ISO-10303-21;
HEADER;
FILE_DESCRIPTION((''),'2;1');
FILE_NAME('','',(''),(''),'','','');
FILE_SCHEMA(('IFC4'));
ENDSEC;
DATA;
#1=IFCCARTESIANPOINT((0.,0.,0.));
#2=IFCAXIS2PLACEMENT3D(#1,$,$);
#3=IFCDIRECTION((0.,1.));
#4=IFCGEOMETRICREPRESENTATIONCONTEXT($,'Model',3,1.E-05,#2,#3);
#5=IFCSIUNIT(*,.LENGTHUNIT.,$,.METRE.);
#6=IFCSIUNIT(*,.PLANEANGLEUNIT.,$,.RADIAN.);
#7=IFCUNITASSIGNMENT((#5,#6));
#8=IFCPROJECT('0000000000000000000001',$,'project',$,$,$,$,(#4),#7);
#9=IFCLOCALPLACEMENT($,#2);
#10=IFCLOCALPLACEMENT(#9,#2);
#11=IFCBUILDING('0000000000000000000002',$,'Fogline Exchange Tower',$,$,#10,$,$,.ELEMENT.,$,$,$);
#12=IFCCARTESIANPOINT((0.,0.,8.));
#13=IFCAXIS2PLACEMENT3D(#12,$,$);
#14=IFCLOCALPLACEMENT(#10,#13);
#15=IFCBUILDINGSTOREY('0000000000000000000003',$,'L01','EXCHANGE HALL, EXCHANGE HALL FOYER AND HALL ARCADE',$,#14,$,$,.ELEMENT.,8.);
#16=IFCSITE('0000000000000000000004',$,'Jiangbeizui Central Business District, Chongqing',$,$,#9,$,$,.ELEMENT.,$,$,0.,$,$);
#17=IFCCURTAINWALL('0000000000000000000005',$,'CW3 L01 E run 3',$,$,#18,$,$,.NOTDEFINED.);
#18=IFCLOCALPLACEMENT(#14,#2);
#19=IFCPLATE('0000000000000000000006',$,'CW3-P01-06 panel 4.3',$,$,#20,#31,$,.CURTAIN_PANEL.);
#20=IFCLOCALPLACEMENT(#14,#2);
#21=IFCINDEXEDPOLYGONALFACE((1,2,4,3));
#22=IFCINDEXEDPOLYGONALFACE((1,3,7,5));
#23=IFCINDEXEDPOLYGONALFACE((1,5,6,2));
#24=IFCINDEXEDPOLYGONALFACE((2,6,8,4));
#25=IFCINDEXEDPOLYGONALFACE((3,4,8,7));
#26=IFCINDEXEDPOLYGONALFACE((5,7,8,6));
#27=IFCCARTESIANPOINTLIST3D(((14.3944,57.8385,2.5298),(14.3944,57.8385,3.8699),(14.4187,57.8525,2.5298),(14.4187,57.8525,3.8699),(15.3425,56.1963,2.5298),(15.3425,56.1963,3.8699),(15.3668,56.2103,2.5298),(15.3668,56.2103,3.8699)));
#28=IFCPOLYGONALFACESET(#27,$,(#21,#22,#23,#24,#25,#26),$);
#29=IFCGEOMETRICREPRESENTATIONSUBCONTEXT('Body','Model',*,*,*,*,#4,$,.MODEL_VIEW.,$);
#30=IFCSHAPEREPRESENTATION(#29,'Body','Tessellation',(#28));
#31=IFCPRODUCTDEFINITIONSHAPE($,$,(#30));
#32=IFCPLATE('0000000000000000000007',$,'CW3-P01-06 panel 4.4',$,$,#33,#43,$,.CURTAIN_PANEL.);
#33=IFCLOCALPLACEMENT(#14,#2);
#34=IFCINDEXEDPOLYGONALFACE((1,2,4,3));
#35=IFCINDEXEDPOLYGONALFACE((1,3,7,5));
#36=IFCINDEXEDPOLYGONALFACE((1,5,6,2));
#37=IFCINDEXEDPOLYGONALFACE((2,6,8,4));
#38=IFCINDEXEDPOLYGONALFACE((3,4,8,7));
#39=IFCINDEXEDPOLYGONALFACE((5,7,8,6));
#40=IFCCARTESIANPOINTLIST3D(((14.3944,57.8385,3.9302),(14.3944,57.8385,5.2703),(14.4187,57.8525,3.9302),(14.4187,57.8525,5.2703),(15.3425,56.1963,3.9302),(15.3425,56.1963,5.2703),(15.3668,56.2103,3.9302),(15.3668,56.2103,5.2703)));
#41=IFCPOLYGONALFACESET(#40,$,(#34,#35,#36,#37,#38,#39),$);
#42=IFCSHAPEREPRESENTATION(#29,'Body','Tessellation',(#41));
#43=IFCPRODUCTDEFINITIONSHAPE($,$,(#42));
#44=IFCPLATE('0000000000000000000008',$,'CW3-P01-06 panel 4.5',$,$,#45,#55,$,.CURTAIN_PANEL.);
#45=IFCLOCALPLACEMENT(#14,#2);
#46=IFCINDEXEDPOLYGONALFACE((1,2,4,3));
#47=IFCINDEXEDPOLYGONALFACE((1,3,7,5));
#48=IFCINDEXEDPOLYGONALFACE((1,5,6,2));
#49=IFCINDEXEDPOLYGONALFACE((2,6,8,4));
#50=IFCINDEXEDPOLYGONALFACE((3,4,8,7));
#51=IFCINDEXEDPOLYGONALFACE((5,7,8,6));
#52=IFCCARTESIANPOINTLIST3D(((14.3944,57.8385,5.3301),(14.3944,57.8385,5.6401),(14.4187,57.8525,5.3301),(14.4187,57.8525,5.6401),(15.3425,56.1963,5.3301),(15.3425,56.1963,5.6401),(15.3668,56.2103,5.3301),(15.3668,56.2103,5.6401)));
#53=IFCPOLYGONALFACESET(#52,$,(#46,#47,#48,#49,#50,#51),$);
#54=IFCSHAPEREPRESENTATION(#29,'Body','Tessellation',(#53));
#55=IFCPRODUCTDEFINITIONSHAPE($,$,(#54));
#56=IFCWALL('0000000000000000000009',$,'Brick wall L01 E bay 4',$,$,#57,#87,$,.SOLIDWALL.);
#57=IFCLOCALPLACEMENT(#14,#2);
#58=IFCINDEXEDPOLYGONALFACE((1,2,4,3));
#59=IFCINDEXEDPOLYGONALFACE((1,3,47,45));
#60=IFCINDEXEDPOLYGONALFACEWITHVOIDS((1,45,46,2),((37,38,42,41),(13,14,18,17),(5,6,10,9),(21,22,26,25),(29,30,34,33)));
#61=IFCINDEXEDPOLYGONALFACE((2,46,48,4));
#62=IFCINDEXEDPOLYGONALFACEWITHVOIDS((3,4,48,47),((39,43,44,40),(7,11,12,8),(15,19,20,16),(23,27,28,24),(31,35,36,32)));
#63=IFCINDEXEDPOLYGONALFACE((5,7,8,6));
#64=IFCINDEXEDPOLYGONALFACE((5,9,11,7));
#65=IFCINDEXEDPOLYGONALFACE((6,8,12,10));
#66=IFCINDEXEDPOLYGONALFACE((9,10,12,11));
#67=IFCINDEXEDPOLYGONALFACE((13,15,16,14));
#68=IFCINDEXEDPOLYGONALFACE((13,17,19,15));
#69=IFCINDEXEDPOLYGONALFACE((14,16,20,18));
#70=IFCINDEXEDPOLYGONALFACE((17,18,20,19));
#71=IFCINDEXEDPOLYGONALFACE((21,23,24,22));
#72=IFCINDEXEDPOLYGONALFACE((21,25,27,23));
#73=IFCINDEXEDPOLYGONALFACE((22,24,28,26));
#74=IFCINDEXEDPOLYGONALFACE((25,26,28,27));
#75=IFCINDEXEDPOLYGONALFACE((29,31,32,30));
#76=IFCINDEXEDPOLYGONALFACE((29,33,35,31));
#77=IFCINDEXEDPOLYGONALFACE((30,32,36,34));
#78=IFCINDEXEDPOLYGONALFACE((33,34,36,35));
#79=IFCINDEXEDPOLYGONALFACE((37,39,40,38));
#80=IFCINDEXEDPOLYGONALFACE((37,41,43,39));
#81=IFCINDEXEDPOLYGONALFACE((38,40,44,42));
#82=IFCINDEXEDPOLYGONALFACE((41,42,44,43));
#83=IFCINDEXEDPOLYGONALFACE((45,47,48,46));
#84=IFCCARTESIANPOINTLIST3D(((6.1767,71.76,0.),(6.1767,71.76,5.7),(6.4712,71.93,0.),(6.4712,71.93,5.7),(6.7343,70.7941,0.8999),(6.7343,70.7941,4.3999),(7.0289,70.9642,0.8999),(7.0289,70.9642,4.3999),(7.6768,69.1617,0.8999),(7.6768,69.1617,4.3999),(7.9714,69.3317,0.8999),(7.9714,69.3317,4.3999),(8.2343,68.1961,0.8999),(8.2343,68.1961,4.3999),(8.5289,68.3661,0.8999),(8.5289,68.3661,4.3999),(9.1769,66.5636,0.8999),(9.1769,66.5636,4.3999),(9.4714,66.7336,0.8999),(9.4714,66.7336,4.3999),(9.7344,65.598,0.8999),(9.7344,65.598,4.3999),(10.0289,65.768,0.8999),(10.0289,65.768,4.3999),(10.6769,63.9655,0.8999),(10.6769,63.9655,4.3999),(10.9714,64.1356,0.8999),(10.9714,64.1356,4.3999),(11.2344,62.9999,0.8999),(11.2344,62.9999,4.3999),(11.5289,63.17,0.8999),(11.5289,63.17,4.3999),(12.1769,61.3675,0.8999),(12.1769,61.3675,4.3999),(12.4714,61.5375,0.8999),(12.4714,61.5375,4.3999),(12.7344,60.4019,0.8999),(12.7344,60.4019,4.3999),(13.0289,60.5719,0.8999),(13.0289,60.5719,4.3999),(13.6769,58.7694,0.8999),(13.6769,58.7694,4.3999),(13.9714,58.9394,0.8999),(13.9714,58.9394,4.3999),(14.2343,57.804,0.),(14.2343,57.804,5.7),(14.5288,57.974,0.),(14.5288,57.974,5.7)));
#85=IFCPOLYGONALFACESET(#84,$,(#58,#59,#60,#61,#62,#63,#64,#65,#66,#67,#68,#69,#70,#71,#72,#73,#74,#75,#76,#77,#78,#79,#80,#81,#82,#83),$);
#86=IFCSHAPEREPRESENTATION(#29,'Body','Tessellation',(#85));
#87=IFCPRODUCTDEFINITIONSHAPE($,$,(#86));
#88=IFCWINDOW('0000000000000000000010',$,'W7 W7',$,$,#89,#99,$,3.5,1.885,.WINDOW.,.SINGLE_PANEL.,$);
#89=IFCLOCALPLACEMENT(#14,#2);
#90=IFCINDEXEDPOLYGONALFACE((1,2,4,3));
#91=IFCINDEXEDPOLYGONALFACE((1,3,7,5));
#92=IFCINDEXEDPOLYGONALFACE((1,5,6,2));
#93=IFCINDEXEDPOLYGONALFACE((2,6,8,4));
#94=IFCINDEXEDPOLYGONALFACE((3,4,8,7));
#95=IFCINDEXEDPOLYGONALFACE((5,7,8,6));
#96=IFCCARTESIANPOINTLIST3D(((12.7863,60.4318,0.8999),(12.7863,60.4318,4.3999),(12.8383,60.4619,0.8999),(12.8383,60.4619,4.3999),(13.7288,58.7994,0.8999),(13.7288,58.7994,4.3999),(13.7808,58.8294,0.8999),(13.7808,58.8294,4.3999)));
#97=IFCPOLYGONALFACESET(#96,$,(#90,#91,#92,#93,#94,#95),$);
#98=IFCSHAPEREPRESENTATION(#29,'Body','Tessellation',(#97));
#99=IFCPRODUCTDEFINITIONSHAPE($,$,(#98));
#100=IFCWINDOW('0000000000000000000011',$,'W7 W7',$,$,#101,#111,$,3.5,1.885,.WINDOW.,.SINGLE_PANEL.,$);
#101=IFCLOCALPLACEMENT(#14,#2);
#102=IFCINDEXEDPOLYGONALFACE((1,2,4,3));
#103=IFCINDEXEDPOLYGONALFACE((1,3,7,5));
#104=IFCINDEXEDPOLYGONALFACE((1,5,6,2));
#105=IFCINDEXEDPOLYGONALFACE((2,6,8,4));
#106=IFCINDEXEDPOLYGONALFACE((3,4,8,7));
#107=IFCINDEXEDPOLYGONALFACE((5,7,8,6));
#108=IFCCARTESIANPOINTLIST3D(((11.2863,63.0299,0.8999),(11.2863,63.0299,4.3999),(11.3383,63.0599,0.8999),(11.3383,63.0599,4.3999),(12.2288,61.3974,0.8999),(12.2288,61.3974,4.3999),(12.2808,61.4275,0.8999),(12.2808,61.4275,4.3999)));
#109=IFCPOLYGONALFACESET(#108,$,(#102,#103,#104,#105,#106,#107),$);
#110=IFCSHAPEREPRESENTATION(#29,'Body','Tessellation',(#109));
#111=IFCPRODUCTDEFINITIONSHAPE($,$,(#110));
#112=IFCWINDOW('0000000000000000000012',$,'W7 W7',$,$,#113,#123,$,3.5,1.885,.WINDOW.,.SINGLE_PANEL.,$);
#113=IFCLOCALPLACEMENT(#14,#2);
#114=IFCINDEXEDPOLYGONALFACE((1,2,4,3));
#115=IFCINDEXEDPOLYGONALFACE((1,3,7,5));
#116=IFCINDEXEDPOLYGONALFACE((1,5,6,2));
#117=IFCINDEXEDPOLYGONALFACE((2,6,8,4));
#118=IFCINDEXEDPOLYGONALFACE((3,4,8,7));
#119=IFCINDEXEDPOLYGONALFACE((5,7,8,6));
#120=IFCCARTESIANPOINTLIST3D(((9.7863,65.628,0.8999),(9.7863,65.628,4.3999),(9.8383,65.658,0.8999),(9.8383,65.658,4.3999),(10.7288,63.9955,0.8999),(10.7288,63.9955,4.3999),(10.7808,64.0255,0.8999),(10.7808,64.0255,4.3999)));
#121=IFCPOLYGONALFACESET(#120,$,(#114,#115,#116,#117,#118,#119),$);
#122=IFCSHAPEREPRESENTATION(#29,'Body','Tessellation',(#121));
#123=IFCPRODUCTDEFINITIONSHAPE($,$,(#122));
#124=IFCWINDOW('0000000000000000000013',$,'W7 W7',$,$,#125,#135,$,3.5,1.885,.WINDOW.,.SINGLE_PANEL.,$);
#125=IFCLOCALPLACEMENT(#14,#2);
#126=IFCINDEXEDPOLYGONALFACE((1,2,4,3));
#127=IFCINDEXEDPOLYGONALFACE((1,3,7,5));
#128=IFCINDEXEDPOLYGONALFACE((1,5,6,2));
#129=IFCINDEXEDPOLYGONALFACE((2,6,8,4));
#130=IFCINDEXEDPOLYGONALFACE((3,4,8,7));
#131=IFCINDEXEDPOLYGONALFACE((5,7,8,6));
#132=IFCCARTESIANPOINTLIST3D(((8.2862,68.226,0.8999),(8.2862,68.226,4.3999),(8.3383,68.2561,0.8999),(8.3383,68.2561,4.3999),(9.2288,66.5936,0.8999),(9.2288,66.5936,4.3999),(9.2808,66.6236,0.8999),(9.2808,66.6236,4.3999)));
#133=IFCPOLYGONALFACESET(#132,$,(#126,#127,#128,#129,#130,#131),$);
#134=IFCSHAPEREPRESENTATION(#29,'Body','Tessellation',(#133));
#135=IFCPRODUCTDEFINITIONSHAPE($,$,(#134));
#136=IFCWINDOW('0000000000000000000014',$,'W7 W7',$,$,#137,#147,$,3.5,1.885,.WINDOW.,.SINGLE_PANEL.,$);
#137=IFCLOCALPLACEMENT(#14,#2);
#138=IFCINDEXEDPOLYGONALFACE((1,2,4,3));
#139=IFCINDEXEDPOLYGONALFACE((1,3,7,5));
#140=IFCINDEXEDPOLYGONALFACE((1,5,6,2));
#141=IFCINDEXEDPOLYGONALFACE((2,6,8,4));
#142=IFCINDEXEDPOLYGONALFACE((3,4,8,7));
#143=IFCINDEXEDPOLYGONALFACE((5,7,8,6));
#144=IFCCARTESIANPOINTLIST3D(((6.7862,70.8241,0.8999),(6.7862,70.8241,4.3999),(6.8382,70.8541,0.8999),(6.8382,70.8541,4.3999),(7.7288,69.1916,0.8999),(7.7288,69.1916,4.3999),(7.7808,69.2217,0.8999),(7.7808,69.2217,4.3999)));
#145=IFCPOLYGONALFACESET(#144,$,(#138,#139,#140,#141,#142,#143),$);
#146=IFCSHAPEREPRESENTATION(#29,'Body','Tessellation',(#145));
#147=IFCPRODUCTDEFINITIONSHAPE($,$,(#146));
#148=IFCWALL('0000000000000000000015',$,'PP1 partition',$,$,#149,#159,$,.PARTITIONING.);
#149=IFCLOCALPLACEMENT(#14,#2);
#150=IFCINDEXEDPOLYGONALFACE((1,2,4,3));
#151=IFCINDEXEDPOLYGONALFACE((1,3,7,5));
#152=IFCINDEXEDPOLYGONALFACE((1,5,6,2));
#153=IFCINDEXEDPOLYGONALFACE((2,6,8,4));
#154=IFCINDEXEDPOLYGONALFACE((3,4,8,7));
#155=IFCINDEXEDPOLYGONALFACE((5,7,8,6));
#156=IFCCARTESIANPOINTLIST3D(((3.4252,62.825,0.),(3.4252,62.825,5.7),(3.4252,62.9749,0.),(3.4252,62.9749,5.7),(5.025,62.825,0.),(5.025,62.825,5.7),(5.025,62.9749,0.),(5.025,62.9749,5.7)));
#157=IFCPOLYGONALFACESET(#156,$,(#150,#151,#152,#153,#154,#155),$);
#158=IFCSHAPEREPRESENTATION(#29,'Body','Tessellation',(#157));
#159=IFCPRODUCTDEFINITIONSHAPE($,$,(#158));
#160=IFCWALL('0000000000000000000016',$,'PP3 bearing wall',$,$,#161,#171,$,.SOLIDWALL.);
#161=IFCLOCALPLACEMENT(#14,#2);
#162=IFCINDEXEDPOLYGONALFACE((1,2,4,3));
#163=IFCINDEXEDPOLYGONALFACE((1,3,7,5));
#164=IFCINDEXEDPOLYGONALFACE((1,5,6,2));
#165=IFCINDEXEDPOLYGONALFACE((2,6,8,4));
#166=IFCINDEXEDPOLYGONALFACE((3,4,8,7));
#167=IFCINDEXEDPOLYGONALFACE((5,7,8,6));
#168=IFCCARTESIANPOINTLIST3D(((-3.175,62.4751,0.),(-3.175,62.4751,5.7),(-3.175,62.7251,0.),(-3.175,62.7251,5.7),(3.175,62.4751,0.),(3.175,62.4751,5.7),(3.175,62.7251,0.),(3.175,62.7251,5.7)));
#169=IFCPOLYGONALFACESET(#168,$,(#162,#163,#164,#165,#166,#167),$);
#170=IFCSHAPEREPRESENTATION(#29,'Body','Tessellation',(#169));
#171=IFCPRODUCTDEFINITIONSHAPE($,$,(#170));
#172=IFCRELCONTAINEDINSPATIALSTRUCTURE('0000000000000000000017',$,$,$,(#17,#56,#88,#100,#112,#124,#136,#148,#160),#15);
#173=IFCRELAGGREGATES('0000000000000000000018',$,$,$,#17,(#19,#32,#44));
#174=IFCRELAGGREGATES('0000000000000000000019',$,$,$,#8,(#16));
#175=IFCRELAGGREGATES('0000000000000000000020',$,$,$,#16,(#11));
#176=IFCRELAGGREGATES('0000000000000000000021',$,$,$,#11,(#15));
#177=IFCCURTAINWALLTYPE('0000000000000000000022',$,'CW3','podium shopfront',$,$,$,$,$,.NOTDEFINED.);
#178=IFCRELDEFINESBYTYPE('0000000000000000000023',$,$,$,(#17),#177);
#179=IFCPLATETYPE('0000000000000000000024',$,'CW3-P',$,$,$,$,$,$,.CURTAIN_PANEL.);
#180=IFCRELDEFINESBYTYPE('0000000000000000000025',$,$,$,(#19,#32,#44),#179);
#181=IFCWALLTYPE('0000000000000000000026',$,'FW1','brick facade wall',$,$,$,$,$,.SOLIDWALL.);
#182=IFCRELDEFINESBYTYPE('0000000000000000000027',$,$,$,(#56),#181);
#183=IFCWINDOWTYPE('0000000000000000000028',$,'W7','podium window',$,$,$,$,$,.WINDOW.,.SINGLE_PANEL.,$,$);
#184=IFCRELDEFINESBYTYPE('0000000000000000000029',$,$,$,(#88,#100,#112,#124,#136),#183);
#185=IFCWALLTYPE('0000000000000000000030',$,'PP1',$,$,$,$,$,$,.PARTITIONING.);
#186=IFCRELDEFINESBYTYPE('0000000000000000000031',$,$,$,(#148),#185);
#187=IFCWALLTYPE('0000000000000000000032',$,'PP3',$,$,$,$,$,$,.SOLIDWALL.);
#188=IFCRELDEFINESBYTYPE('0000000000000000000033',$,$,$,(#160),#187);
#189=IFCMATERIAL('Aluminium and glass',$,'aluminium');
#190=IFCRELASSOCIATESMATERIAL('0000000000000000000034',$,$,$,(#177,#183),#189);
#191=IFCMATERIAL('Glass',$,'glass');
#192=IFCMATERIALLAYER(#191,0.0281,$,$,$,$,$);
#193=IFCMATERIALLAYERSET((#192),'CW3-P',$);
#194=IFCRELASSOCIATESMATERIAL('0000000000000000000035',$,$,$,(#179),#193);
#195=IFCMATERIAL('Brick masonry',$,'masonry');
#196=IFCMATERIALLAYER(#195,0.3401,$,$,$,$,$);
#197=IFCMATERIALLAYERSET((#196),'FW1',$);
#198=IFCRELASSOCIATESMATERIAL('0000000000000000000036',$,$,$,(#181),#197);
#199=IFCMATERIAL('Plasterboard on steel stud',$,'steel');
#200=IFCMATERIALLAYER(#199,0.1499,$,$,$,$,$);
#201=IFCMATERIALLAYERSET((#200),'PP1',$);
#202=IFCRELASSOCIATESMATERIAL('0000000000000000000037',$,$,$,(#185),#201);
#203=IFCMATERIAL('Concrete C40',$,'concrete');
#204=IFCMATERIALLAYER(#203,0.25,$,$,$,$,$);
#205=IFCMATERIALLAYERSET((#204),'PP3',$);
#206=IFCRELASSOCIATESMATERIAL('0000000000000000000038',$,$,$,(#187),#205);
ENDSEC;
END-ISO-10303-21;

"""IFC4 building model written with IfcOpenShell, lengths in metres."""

from ifc_helpers import new_model, si_unit, direction, frame, frame_2d, origin, origin_2d, place, context, subcontext, project, spatial, rectangle, extrude, material, layer, layer_set, type_object, element, fill, aggregate, save


model = new_model("IFC4")

# Units and contexts
model_context = context("Model", 3, precision=1e-05, world=origin(), true_north=direction((0.0, 1.0)))
body_context = subcontext(model_context, "Body", "Model", "MODEL_VIEW")
ifc_project = project(units=[si_unit("LENGTHUNIT", "METRE"), si_unit("PLANEANGLEUNIT", "RADIAN")], contexts=[model_context])

# Site, building, storey
site_placement = place(None, origin())
site = spatial("IfcSite", under=ifc_project, at=site_placement, Name="Jiangbeizui Central Business District, Chongqing", CompositionType="ELEMENT", RefElevation=0.0)
building_placement = place(site_placement, origin())
building = spatial("IfcBuilding", under=site, at=building_placement, Name="Fogline Exchange Tower", CompositionType="ELEMENT")
storey_placement = place(building_placement, frame((0.0, 0.0, 8.0)))
storey = spatial("IfcBuildingStorey", under=building, at=storey_placement, Name="L01", Description="EXCHANGE HALL, EXCHANGE HALL FOYER AND HALL ARCADE", CompositionType="ELEMENT", Elevation=8.0)

# Curtain wall, plates
ifc_material_1 = material(Name="Aluminium and glass", Category="aluminium")
curtain_wall_type = type_object("IfcCurtainWallType", Name="CW3", Description="podium shopfront", PredefinedType="NOTDEFINED", material=ifc_material_1)
curtain_wall_placement = place(storey_placement, origin())
curtain_wall = element("IfcCurtainWall", 1, at=curtain_wall_placement, inside=storey, type_object=curtain_wall_type, Name="CW3 L01 E run 3", PredefinedType="NOTDEFINED")
ifc_material_2 = material(Name="Glass", Category="glass")
ifc_layer_1 = layer(ifc_material_2, 0.0281)
ifc_layer_set_1 = layer_set([ifc_layer_1], Name="CW3-P")
plate_type = type_object("IfcPlateType", Name="CW3-P", PredefinedType="CURTAIN_PANEL", material=ifc_layer_set_1)
plate_1_placement = place(storey_placement, frame((14.8806, 57.0244, 2.5298), z_axis=(0.0, 0.0, 1.0), x_axis=(-0.5, 0.866025, 0.0)))
plate_1 = element("IfcPlate", 2, at=plate_1_placement, type_object=plate_type, Name="CW3-P01-06 panel 4.3", PredefinedType="CURTAIN_PANEL", context=body_context, shape_type="SweptSolid", body=[
    extrude(rectangle(XDim=1.8962, YDim=0.0281, at=origin_2d()), origin(), (0.0, 0.0, 1.0), 1.3401),
])
plate_2_placement = place(storey_placement, frame((14.8806, 57.0244, 3.9302), z_axis=(0.0, 0.0, 1.0), x_axis=(-0.5, 0.866025, 0.0)))
plate_2 = element("IfcPlate", 3, at=plate_2_placement, type_object=plate_type, Name="CW3-P01-06 panel 4.4", PredefinedType="CURTAIN_PANEL", context=body_context, shape_type="SweptSolid", body=[
    extrude(rectangle(XDim=1.8962, YDim=0.0281, at=origin_2d()), origin(), (0.0, 0.0, 1.0), 1.3401),
])
plate_3_placement = place(storey_placement, frame((14.8806, 57.0244, 5.3301), z_axis=(0.0, 0.0, 1.0), x_axis=(-0.5, 0.866025, 0.0)))
plate_3 = element("IfcPlate", 4, at=plate_3_placement, type_object=plate_type, Name="CW3-P01-06 panel 4.5", PredefinedType="CURTAIN_PANEL", context=body_context, shape_type="SweptSolid", body=[
    extrude(rectangle(XDim=1.8962, YDim=0.0281, at=origin_2d()), origin(), (0.0, 0.0, 1.0), 0.3101),
])
aggregate(curtain_wall, [plate_1, plate_2, plate_3])

# Wall, openings, windows
ifc_material_3 = material(Name="Brick masonry", Category="masonry")
ifc_layer_2 = layer(ifc_material_3, 0.3401)
ifc_layer_set_2 = layer_set([ifc_layer_2], Name="FW1")
wall_type_1 = type_object("IfcWallType", Name="FW1", Description="brick facade wall", PredefinedType="SOLIDWALL", material=ifc_layer_set_2)
wall_1_placement = place(storey_placement, frame((14.3816, 57.8889, 0.0), z_axis=(0.0, 0.0, 1.0), x_axis=(-0.500004, 0.866023, 0.0)))
wall_1 = element("IfcWall", 5, at=wall_1_placement, inside=storey, type_object=wall_type_1, Name="Brick wall L01 E bay 4", PredefinedType="SOLIDWALL", context=body_context, shape_type="SweptSolid", body=[
    extrude(rectangle(XDim=16.115, YDim=0.3401, at=frame_2d((8.0576, 0.0))), origin(), (0.0, 0.0, 1.0), 5.7),
])
opening_1_placement = place(wall_1_placement, frame((1.115, 0.0, 0.8999)))
opening_1 = element("IfcOpeningElement", 6, at=opening_1_placement, cuts=wall_1, PredefinedType="OPENING", context=body_context, shape_type="SweptSolid", body=[
    extrude(rectangle(XDim=1.885, YDim=3.5, at=frame_2d((0.9424, 1.75))), frame((0.0, 0.1802, 0.0), z_axis=(0.0, -1.0, 0.0), x_axis=(1.0, 0.0, 0.0)), (0.0, 0.0, 1.0), 0.3601),
])
opening_2_placement = place(wall_1_placement, frame((4.115, 0.0, 0.8999)))
opening_2 = element("IfcOpeningElement", 7, at=opening_2_placement, cuts=wall_1, PredefinedType="OPENING", context=body_context, shape_type="SweptSolid", body=[
    extrude(rectangle(XDim=1.885, YDim=3.5, at=frame_2d((0.9424, 1.75))), frame((0.0, 0.1802, 0.0), z_axis=(0.0, -1.0, 0.0), x_axis=(1.0, 0.0, 0.0)), (0.0, 0.0, 1.0), 0.3601),
])
opening_3_placement = place(wall_1_placement, frame((7.115, 0.0, 0.8999)))
opening_3 = element("IfcOpeningElement", 8, at=opening_3_placement, cuts=wall_1, PredefinedType="OPENING", context=body_context, shape_type="SweptSolid", body=[
    extrude(rectangle(XDim=1.885, YDim=3.5, at=frame_2d((0.9424, 1.75))), frame((0.0, 0.1802, 0.0), z_axis=(0.0, -1.0, 0.0), x_axis=(1.0, 0.0, 0.0)), (0.0, 0.0, 1.0), 0.3601),
])
opening_4_placement = place(wall_1_placement, frame((10.115, 0.0, 0.8999)))
opening_4 = element("IfcOpeningElement", 9, at=opening_4_placement, cuts=wall_1, PredefinedType="OPENING", context=body_context, shape_type="SweptSolid", body=[
    extrude(rectangle(XDim=1.885, YDim=3.5, at=frame_2d((0.9424, 1.75))), frame((0.0, 0.1802, 0.0), z_axis=(0.0, -1.0, 0.0), x_axis=(1.0, 0.0, 0.0)), (0.0, 0.0, 1.0), 0.3601),
])
opening_5_placement = place(wall_1_placement, frame((13.115, 0.0, 0.8999)))
opening_5 = element("IfcOpeningElement", 10, at=opening_5_placement, cuts=wall_1, PredefinedType="OPENING", context=body_context, shape_type="SweptSolid", body=[
    extrude(rectangle(XDim=1.885, YDim=3.5, at=frame_2d((0.9424, 1.75))), frame((0.0, 0.1802, 0.0), z_axis=(0.0, -1.0, 0.0), x_axis=(1.0, 0.0, 0.0)), (0.0, 0.0, 1.0), 0.3601),
])
window_type = type_object("IfcWindowType", Name="W7", Description="podium window", PartitioningType="SINGLE_PANEL", PredefinedType="WINDOW", material=ifc_material_1)
window_1_placement = place(opening_1_placement, origin())
window_1 = element("IfcWindow", 11, at=window_1_placement, inside=storey, type_object=window_type, Name="W7 W7", OverallHeight=3.5, OverallWidth=1.885, PartitioningType="SINGLE_PANEL", PredefinedType="WINDOW", context=body_context, shape_type="SweptSolid", body=[
    extrude(rectangle(XDim=1.885, YDim=3.5, at=frame_2d((0.9424, 1.75))), frame((0.0, 0.1101, 0.0), z_axis=(0.0, -1.0, 0.0), x_axis=(1.0, 0.0, 0.0)), (0.0, 0.0, 1.0), 0.0601),
])
fill(opening_1, window_1)
window_2_placement = place(opening_2_placement, origin())
window_2 = element("IfcWindow", 12, at=window_2_placement, inside=storey, type_object=window_type, Name="W7 W7", OverallHeight=3.5, OverallWidth=1.885, PartitioningType="SINGLE_PANEL", PredefinedType="WINDOW", context=body_context, shape_type="SweptSolid", body=[
    extrude(rectangle(XDim=1.885, YDim=3.5, at=frame_2d((0.9424, 1.75))), frame((0.0, 0.1101, 0.0), z_axis=(0.0, -1.0, 0.0), x_axis=(1.0, 0.0, 0.0)), (0.0, 0.0, 1.0), 0.0601),
])
fill(opening_2, window_2)
window_3_placement = place(opening_3_placement, origin())
window_3 = element("IfcWindow", 13, at=window_3_placement, inside=storey, type_object=window_type, Name="W7 W7", OverallHeight=3.5, OverallWidth=1.885, PartitioningType="SINGLE_PANEL", PredefinedType="WINDOW", context=body_context, shape_type="SweptSolid", body=[
    extrude(rectangle(XDim=1.885, YDim=3.5, at=frame_2d((0.9424, 1.75))), frame((0.0, 0.1101, 0.0), z_axis=(0.0, -1.0, 0.0), x_axis=(1.0, 0.0, 0.0)), (0.0, 0.0, 1.0), 0.0601),
])
fill(opening_3, window_3)
window_4_placement = place(opening_4_placement, origin())
window_4 = element("IfcWindow", 14, at=window_4_placement, inside=storey, type_object=window_type, Name="W7 W7", OverallHeight=3.5, OverallWidth=1.885, PartitioningType="SINGLE_PANEL", PredefinedType="WINDOW", context=body_context, shape_type="SweptSolid", body=[
    extrude(rectangle(XDim=1.885, YDim=3.5, at=frame_2d((0.9424, 1.75))), frame((0.0, 0.1101, 0.0), z_axis=(0.0, -1.0, 0.0), x_axis=(1.0, 0.0, 0.0)), (0.0, 0.0, 1.0), 0.0601),
])
fill(opening_4, window_4)
window_5_placement = place(opening_5_placement, origin())
window_5 = element("IfcWindow", 15, at=window_5_placement, inside=storey, type_object=window_type, Name="W7 W7", OverallHeight=3.5, OverallWidth=1.885, PartitioningType="SINGLE_PANEL", PredefinedType="WINDOW", context=body_context, shape_type="SweptSolid", body=[
    extrude(rectangle(XDim=1.885, YDim=3.5, at=frame_2d((0.9424, 1.75))), frame((0.0, 0.1101, 0.0), z_axis=(0.0, -1.0, 0.0), x_axis=(1.0, 0.0, 0.0)), (0.0, 0.0, 1.0), 0.0601),
])
fill(opening_5, window_5)

# Shared definitions
ifc_material_4 = material(Name="Plasterboard on steel stud", Category="steel")
ifc_layer_3 = layer(ifc_material_4, 0.1499)
ifc_layer_set_3 = layer_set([ifc_layer_3], Name="PP1")
wall_type_2 = type_object("IfcWallType", Name="PP1", PredefinedType="PARTITIONING", material=ifc_layer_set_3)

# Walls
wall_2_placement = place(storey_placement, frame((5.0249, 62.8999, 0.0), z_axis=(0.0, 0.0, 1.0), x_axis=(-1.0, 0.0, 0.0)))
element("IfcWall", 16, at=wall_2_placement, inside=storey, type_object=wall_type_2, Name="PP1 partition", PredefinedType="PARTITIONING", context=body_context, shape_type="SweptSolid", body=[
    extrude(rectangle(XDim=1.5999, YDim=0.1499, at=frame_2d((0.7998, 0.0))), origin(), (0.0, 0.0, 1.0), 5.7),
])
ifc_material_5 = material(Name="Concrete C40", Category="concrete")
ifc_layer_4 = layer(ifc_material_5, 0.25)
ifc_layer_set_4 = layer_set([ifc_layer_4], Name="PP3")
wall_type_3 = type_object("IfcWallType", Name="PP3", PredefinedType="SOLIDWALL", material=ifc_layer_set_4)
wall_3_placement = place(storey_placement, frame((3.175, 62.6001, 0.0), z_axis=(0.0, 0.0, 1.0), x_axis=(-1.0, 0.0, 0.0)))
element("IfcWall", 17, at=wall_3_placement, inside=storey, type_object=wall_type_3, Name="PP3 bearing wall", PredefinedType="SOLIDWALL", context=body_context, shape_type="SweptSolid", body=[
    extrude(rectangle(XDim=6.3501, YDim=0.25, at=frame_2d((3.175, 0.0))), origin(), (0.0, 0.0, 1.0), 5.7),
])

save(model, "model.ifc")
